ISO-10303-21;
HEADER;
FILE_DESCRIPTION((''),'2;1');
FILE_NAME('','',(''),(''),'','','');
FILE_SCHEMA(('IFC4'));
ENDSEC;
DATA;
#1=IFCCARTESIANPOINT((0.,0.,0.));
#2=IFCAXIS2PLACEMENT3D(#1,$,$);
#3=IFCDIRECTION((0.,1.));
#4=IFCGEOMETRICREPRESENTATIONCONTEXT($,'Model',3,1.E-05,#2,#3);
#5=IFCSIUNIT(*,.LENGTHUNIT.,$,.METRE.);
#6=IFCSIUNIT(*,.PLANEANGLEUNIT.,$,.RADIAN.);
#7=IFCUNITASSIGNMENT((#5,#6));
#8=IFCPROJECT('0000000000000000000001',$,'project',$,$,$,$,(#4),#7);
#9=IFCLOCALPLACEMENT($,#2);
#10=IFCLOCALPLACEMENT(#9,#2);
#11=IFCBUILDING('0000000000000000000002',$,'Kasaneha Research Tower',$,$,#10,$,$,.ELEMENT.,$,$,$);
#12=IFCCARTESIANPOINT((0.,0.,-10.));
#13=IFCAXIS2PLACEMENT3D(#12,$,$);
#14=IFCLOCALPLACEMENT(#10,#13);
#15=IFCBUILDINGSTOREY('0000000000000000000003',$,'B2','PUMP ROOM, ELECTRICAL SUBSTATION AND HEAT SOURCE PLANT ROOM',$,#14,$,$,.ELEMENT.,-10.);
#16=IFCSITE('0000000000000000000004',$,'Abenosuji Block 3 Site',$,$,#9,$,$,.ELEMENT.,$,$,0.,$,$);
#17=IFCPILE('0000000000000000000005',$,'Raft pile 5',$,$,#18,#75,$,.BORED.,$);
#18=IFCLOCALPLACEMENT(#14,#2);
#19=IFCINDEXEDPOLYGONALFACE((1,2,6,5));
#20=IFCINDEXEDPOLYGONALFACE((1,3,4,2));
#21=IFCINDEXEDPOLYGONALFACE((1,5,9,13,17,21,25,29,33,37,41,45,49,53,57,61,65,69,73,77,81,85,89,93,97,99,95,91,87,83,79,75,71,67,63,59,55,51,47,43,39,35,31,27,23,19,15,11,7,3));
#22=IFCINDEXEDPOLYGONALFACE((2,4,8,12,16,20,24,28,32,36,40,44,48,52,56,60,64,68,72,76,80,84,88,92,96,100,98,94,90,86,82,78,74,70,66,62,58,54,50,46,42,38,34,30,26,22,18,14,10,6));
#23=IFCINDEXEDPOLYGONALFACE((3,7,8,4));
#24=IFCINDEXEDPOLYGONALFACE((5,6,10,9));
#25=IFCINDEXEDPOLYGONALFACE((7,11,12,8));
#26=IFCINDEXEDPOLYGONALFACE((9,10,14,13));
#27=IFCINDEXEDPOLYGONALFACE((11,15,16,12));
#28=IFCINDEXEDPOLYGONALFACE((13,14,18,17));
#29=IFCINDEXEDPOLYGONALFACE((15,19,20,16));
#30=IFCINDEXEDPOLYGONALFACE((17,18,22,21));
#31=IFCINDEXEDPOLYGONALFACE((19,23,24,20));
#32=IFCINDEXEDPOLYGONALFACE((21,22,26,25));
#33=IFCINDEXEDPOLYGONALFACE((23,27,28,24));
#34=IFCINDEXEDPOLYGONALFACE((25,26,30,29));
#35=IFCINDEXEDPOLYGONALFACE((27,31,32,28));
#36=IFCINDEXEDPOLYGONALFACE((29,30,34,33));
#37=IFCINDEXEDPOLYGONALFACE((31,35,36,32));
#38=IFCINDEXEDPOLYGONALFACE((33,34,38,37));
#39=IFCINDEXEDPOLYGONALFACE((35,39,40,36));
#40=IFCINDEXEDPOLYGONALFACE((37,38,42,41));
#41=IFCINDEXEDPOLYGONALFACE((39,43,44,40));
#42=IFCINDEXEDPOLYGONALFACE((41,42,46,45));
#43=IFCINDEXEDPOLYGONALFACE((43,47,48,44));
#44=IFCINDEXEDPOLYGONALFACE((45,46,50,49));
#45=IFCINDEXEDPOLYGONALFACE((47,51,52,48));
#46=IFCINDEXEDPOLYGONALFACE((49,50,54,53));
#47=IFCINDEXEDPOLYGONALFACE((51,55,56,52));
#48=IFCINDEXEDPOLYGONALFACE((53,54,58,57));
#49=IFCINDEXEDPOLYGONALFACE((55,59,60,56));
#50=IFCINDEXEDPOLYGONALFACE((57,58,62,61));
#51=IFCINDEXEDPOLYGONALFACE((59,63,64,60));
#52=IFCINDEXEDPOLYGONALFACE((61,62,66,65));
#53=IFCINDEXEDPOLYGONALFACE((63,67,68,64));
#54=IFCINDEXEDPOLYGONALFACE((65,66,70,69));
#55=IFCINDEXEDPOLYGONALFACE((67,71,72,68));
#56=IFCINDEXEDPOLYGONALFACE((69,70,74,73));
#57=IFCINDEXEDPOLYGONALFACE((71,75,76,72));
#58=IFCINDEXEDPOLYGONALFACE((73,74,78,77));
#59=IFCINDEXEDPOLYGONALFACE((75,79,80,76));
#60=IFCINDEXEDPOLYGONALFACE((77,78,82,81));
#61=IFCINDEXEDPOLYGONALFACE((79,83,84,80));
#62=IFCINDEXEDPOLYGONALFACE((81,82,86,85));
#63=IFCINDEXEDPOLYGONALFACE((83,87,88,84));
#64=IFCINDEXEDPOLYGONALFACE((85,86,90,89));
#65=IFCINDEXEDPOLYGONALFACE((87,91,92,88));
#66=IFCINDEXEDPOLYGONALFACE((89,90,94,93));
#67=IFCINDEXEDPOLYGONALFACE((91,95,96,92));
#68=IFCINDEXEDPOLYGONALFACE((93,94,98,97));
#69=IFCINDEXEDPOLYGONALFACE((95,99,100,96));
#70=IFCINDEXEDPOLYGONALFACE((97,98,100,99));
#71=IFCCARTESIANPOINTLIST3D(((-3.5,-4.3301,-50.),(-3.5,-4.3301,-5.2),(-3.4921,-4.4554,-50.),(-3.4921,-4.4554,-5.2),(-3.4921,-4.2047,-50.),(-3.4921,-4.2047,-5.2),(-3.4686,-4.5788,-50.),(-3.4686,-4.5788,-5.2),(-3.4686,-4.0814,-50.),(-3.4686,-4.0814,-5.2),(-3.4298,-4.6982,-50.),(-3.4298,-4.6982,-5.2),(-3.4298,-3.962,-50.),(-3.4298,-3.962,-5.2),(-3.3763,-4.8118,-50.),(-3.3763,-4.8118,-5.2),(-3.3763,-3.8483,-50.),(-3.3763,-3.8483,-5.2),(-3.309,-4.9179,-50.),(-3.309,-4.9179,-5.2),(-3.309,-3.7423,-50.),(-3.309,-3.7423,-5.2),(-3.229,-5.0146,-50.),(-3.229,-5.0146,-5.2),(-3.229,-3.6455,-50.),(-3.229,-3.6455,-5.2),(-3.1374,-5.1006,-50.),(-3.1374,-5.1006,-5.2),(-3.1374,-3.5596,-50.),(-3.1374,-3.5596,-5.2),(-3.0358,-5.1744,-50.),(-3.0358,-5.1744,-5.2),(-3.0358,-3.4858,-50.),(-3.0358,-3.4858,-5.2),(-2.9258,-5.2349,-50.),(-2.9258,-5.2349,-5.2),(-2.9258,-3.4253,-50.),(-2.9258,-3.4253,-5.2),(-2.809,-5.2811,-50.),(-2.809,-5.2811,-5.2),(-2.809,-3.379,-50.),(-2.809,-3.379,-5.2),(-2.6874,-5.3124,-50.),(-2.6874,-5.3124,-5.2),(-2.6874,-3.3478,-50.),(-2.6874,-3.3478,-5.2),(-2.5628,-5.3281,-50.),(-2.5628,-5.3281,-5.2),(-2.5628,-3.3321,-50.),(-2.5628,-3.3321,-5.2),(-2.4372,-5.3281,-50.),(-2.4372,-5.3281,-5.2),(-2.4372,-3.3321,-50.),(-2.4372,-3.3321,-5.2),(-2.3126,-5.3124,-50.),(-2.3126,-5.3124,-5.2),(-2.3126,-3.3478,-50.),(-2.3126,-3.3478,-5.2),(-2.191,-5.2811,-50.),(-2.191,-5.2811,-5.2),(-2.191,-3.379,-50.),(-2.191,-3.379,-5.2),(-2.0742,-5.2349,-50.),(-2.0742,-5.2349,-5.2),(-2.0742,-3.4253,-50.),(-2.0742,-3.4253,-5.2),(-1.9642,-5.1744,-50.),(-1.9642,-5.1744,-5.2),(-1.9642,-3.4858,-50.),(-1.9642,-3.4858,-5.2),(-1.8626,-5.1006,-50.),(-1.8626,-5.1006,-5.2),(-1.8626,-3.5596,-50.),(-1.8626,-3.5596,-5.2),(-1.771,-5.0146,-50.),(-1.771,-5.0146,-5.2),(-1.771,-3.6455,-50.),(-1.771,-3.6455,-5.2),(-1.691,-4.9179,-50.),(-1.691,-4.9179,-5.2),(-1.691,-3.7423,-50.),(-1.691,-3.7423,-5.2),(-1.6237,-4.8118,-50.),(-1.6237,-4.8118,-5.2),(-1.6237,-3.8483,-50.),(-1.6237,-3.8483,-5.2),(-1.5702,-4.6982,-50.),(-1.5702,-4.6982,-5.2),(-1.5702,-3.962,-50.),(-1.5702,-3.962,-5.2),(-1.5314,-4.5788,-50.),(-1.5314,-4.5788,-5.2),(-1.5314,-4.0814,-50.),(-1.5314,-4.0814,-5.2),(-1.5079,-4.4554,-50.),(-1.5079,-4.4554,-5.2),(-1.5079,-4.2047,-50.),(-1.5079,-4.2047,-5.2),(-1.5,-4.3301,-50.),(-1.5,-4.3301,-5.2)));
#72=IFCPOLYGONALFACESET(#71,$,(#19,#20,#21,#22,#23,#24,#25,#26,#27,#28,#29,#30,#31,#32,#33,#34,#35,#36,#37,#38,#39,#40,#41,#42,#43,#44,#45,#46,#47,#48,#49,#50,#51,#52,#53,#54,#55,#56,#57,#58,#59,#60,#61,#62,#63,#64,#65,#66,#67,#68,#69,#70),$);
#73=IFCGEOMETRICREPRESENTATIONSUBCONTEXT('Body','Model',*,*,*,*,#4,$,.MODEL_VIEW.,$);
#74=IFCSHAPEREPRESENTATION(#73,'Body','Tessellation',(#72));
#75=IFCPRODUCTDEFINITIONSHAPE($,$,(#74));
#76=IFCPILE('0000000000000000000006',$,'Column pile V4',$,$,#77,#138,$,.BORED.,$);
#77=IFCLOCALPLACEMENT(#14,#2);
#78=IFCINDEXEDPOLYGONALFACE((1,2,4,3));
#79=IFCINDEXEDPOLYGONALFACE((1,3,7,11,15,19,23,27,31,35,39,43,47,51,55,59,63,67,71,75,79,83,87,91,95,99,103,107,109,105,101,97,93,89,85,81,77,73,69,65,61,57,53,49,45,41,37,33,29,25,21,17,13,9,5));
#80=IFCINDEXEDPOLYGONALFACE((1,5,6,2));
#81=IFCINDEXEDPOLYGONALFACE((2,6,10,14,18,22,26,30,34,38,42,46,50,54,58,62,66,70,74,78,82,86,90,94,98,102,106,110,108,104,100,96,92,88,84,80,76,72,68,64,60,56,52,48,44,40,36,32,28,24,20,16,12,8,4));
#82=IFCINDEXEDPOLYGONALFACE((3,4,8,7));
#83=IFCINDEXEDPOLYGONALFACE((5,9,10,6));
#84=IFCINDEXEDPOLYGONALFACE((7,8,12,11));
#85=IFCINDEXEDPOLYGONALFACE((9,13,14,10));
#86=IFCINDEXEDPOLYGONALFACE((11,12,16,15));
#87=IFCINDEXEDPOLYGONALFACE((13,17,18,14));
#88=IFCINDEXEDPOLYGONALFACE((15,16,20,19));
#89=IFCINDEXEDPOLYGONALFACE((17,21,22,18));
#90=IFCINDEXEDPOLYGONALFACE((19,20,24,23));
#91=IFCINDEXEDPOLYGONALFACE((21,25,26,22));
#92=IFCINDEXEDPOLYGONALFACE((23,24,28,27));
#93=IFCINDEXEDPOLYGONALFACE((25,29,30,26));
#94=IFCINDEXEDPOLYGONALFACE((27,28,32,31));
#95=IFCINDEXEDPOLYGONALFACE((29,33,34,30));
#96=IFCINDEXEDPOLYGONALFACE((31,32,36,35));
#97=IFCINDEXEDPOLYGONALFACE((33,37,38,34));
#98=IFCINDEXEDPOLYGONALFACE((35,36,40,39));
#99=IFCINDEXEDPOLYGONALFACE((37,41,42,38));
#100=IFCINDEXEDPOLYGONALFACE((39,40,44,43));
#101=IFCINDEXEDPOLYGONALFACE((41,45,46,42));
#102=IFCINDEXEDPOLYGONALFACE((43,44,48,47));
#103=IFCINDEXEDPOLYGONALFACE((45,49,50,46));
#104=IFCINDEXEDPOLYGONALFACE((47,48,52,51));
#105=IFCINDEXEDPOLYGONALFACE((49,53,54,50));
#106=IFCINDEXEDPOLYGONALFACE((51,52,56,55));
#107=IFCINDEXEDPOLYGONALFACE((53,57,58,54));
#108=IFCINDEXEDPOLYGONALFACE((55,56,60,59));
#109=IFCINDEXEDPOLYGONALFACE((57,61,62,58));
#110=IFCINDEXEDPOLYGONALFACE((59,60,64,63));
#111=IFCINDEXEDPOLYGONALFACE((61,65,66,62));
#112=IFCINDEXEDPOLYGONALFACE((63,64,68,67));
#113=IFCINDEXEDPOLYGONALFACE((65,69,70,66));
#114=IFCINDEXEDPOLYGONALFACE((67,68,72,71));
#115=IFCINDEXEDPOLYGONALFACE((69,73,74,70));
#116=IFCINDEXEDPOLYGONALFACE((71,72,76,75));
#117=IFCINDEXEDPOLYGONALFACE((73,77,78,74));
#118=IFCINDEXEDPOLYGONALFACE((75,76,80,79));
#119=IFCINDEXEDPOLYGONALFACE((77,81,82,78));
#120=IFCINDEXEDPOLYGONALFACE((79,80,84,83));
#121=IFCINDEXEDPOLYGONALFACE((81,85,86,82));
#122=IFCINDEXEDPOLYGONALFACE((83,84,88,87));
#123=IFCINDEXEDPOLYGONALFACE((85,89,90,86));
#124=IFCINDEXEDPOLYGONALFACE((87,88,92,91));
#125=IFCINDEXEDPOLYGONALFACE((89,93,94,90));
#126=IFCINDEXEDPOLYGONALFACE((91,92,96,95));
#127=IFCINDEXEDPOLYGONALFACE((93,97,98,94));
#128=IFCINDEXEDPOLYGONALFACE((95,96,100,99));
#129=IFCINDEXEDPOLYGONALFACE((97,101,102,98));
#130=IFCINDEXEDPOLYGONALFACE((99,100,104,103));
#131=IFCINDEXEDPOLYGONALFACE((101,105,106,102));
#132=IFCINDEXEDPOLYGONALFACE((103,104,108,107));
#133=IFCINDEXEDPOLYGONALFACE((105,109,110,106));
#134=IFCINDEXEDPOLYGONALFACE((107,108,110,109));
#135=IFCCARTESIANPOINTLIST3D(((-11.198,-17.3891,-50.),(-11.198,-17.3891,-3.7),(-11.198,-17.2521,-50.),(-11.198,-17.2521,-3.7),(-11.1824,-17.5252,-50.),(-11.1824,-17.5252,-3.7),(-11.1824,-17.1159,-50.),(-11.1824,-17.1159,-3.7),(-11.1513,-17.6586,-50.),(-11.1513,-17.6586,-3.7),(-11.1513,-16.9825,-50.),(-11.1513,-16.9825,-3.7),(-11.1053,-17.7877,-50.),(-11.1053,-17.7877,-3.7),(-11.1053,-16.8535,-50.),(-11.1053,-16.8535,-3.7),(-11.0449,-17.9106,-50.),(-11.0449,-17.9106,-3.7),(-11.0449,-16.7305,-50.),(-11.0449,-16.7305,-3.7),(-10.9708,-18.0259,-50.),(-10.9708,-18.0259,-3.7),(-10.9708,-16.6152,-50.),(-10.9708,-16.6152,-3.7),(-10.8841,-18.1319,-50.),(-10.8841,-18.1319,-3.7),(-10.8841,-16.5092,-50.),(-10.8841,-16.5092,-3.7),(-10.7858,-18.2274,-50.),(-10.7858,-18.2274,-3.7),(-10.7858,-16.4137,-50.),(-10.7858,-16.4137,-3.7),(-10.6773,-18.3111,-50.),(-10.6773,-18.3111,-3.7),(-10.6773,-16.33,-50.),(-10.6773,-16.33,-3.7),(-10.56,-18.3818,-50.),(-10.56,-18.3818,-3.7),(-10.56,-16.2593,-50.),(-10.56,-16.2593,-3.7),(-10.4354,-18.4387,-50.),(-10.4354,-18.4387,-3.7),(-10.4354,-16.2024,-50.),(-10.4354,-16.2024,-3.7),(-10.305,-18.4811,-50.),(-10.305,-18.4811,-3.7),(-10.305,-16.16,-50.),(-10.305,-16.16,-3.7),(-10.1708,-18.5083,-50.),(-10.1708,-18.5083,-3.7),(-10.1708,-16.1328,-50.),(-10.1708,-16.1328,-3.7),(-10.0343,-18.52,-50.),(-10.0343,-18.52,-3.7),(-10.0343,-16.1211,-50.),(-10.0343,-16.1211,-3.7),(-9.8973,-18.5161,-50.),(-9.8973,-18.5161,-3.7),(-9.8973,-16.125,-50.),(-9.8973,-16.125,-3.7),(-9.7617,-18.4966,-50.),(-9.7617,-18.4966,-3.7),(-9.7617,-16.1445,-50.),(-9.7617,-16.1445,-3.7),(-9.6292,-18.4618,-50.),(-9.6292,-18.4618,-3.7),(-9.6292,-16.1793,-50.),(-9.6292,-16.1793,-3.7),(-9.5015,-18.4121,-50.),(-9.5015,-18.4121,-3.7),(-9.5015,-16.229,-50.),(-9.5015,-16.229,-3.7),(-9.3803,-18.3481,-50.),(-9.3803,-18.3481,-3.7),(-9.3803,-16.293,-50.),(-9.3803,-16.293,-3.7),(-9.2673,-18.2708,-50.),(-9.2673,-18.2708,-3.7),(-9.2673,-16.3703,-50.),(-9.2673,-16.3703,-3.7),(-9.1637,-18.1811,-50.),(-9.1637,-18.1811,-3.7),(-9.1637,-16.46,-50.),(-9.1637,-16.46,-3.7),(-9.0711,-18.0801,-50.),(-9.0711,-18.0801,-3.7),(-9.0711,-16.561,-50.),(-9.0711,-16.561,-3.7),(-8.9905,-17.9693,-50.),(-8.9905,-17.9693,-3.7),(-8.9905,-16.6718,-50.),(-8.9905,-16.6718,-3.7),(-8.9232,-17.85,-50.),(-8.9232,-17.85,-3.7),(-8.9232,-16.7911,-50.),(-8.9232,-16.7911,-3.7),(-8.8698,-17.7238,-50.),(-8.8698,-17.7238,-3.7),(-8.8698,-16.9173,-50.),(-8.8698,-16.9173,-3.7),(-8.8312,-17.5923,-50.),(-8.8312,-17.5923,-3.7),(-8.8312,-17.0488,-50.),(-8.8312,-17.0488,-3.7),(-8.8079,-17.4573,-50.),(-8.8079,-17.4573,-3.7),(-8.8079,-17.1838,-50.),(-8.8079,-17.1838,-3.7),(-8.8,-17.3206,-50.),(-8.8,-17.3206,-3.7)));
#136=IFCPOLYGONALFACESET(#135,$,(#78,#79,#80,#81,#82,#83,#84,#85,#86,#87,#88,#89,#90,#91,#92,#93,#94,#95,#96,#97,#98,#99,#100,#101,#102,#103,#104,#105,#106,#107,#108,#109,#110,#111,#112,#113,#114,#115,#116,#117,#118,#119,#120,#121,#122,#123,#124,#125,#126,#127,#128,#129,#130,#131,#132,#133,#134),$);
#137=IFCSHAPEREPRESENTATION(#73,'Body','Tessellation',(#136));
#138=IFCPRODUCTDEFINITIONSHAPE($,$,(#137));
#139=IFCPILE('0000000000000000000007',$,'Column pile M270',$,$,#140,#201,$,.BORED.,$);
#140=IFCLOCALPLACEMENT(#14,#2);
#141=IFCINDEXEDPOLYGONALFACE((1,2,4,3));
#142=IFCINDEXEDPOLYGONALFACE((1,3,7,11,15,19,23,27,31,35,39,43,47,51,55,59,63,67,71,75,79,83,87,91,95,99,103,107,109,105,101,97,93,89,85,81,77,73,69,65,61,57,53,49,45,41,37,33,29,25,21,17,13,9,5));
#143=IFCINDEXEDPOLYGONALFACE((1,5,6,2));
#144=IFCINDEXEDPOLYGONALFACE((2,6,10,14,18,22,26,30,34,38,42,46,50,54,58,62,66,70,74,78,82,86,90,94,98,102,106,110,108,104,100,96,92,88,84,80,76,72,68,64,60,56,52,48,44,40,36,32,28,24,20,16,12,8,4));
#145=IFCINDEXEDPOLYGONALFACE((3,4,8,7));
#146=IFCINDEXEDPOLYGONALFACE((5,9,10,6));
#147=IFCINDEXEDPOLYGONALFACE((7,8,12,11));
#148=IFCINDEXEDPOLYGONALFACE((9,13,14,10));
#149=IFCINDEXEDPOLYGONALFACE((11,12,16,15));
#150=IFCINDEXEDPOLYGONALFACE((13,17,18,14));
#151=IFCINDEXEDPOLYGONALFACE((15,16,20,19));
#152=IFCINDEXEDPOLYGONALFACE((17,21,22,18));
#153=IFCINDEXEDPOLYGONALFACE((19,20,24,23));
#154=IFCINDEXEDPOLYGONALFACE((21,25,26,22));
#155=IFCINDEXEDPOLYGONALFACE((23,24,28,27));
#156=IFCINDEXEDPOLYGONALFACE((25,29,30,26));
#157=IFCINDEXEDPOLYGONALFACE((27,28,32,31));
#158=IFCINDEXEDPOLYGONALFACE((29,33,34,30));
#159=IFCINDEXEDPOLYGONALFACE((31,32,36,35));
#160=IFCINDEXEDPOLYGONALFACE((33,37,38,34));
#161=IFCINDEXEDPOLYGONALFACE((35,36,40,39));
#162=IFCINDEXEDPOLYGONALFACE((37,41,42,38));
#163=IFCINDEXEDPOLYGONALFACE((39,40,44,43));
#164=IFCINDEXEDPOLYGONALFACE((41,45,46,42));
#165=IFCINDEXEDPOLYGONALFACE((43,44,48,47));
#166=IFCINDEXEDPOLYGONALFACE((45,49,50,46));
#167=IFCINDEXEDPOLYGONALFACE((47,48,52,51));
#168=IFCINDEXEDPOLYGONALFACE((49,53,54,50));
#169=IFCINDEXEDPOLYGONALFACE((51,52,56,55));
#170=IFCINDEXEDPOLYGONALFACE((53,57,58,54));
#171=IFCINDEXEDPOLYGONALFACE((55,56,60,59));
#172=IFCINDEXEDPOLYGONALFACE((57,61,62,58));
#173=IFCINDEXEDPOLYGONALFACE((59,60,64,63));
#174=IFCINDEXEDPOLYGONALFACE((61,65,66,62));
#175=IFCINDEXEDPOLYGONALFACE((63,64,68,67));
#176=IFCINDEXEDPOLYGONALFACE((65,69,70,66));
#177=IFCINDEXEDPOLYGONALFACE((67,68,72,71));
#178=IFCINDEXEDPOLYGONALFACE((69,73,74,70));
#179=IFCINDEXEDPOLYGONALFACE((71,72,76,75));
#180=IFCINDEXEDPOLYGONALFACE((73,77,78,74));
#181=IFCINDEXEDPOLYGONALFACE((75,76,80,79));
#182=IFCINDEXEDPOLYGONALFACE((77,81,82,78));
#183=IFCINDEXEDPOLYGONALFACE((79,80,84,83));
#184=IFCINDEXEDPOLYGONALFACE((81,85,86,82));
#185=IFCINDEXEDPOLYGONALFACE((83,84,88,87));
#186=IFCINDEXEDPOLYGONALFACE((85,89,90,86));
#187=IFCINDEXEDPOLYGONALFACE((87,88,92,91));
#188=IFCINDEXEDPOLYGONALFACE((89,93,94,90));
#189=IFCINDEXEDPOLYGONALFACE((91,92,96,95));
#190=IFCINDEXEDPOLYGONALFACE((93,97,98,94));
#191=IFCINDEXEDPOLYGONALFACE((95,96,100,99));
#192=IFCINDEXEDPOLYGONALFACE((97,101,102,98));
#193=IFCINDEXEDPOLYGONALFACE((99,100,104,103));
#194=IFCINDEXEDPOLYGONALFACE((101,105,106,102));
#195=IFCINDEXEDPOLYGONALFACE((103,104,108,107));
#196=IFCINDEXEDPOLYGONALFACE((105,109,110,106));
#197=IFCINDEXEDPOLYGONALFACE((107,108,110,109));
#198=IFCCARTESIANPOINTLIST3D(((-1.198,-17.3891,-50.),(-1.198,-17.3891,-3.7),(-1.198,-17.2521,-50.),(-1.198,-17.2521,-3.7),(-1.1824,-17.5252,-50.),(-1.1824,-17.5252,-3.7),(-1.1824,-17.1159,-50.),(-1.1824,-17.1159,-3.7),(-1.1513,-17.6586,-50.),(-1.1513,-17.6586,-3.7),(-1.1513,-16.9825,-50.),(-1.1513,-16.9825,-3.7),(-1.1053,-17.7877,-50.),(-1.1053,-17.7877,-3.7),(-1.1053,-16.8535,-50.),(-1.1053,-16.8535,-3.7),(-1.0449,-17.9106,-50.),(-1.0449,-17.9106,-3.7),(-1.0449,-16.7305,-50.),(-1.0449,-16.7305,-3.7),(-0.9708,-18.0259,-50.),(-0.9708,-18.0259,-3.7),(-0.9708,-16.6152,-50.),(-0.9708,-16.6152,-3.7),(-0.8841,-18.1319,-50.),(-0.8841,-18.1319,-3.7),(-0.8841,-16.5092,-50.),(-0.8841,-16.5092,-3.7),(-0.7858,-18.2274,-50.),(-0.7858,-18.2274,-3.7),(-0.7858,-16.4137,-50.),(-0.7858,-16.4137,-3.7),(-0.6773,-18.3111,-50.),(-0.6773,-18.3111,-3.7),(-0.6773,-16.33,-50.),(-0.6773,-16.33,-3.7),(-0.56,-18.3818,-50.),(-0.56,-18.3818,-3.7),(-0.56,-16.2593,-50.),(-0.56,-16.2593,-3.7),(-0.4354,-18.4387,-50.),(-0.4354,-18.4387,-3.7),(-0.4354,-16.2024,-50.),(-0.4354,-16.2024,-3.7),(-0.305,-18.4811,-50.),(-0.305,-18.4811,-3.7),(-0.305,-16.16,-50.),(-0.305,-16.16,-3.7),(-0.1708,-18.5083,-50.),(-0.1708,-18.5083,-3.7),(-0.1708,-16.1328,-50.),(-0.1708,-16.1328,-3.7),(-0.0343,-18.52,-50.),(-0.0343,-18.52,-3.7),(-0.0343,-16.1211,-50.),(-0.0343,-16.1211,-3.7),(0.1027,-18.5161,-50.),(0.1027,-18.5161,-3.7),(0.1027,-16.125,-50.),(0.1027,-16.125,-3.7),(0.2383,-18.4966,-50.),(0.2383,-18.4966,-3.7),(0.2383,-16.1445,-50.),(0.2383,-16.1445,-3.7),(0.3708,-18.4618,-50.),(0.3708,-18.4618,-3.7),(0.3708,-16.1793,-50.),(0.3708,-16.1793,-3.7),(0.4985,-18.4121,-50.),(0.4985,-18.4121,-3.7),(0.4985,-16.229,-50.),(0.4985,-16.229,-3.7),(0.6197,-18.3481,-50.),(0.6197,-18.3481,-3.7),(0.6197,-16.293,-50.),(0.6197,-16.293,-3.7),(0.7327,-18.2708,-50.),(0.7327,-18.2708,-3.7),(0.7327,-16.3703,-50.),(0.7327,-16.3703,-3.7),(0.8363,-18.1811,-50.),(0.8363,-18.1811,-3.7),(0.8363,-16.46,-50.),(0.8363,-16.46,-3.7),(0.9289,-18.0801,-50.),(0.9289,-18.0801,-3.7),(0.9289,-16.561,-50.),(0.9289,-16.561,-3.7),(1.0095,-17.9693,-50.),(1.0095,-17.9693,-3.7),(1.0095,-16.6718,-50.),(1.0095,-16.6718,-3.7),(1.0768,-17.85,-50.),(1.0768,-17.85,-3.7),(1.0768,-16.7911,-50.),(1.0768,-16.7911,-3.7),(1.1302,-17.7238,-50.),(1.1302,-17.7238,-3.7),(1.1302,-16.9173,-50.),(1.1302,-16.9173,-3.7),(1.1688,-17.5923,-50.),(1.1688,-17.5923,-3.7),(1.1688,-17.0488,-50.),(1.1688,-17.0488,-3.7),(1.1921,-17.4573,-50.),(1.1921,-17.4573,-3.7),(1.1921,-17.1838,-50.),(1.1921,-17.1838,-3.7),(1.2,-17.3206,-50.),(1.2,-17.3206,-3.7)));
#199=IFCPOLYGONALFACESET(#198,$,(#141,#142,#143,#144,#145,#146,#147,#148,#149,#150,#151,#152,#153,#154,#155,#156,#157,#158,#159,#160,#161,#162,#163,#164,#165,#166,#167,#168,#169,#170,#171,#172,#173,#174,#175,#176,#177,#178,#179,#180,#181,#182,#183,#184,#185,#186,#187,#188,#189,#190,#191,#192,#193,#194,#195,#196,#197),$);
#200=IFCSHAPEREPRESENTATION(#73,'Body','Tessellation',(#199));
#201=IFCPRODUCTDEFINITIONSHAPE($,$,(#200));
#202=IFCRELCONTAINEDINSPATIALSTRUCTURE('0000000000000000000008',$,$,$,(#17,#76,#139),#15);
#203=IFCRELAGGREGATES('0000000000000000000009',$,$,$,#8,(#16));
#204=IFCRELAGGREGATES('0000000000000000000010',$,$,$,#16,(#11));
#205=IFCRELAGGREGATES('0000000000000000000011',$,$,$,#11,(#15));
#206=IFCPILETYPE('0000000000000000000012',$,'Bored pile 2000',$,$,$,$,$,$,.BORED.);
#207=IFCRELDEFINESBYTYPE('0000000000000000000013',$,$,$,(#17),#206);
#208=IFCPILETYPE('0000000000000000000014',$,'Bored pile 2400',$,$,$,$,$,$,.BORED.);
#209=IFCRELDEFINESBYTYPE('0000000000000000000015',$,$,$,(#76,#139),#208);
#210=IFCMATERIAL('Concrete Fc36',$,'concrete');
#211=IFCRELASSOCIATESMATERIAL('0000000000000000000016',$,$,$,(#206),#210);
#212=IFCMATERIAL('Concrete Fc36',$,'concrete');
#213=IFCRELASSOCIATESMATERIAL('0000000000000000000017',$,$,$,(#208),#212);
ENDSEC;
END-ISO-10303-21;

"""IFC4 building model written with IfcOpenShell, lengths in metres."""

from ifc_helpers import new_model, si_unit, direction, frame, origin, origin_2d, place, context, subcontext, project, spatial, circle, extrude, material, material_profile, profile_set, type_object, element, save


model = new_model("IFC4")

# Units and contexts
model_context = context("Model", 3, precision=1e-05, world=origin(), true_north=direction((0.0, 1.0)))
body_context = subcontext(model_context, "Body", "Model", "MODEL_VIEW")
ifc_project = project(units=[si_unit("LENGTHUNIT", "METRE"), si_unit("PLANEANGLEUNIT", "RADIAN")], contexts=[model_context])

# Site, building, storey
site_placement = place(None, origin())
site = spatial("IfcSite", under=ifc_project, at=site_placement, Name="Abenosuji Block 3 Site", CompositionType="ELEMENT", RefElevation=0.0)
building_placement = place(site_placement, origin())
building = spatial("IfcBuilding", under=site, at=building_placement, Name="Kasaneha Research Tower", CompositionType="ELEMENT")
storey_placement = place(building_placement, frame((0.0, 0.0, -10.0)))
storey = spatial("IfcBuildingStorey", under=building, at=storey_placement, Name="B2", Description="PUMP ROOM, ELECTRICAL SUBSTATION AND HEAT SOURCE PLANT ROOM", CompositionType="ELEMENT", Elevation=-10.0)

# Piles
ifc_material_1 = material(Name="Concrete Fc36", Category="concrete")
ifc_material_profile_1 = material_profile(ifc_material_1, circle(Radius=1.0, at=origin_2d()), Name="Bored pile 2000")
ifc_profile_set_1 = profile_set([ifc_material_profile_1], Name="Concrete Fc36")
pile_type_1 = type_object("IfcPileType", Name="Bored pile 2000", PredefinedType="BORED", material=ifc_profile_set_1)
for number, where, z_axis, x_axis, name in (
    (1, (-2.5, -4.3301, -5.2), (0.0, 0.0, -1.0), (1.0, 0.0, 0.0), "Raft pile 5"),
):
    element("IfcPile", number, at=place(storey_placement, frame(where, z_axis=z_axis, x_axis=x_axis)), inside=storey, type_object=pile_type_1, Name=name, PredefinedType="BORED", context=body_context, shape_type="SweptSolid", body=[
        extrude(circle(Radius=1.0, at=origin_2d()), origin(), (0.0, 0.0, 1.0), 44.8),
    ])
ifc_material_2 = material(Name="Concrete Fc36", Category="concrete")
ifc_material_profile_2 = material_profile(ifc_material_2, circle(Radius=1.2, at=origin_2d()), Name="Bored pile 2400")
ifc_profile_set_2 = profile_set([ifc_material_profile_2], Name="Concrete Fc36")
pile_type_2 = type_object("IfcPileType", Name="Bored pile 2400", PredefinedType="BORED", material=ifc_profile_set_2)
for number, where, z_axis, x_axis, name in (
    (2, (-10.0, -17.3206, -3.7), (0.0, 0.0, -1.0), (1.0, 0.0, 0.0), "Column pile V4"),
    (3, (0.0, -17.3206, -3.7), (0.0, 0.0, -1.0), (1.0, 0.0, 0.0), "Column pile M270"),
):
    element("IfcPile", number, at=place(storey_placement, frame(where, z_axis=z_axis, x_axis=x_axis)), inside=storey, type_object=pile_type_2, Name=name, PredefinedType="BORED", context=body_context, shape_type="SweptSolid", body=[
        extrude(circle(Radius=1.2, at=origin_2d()), origin(), (0.0, 0.0, 1.0), 46.3),
    ])

save(model, "model.ifc")
